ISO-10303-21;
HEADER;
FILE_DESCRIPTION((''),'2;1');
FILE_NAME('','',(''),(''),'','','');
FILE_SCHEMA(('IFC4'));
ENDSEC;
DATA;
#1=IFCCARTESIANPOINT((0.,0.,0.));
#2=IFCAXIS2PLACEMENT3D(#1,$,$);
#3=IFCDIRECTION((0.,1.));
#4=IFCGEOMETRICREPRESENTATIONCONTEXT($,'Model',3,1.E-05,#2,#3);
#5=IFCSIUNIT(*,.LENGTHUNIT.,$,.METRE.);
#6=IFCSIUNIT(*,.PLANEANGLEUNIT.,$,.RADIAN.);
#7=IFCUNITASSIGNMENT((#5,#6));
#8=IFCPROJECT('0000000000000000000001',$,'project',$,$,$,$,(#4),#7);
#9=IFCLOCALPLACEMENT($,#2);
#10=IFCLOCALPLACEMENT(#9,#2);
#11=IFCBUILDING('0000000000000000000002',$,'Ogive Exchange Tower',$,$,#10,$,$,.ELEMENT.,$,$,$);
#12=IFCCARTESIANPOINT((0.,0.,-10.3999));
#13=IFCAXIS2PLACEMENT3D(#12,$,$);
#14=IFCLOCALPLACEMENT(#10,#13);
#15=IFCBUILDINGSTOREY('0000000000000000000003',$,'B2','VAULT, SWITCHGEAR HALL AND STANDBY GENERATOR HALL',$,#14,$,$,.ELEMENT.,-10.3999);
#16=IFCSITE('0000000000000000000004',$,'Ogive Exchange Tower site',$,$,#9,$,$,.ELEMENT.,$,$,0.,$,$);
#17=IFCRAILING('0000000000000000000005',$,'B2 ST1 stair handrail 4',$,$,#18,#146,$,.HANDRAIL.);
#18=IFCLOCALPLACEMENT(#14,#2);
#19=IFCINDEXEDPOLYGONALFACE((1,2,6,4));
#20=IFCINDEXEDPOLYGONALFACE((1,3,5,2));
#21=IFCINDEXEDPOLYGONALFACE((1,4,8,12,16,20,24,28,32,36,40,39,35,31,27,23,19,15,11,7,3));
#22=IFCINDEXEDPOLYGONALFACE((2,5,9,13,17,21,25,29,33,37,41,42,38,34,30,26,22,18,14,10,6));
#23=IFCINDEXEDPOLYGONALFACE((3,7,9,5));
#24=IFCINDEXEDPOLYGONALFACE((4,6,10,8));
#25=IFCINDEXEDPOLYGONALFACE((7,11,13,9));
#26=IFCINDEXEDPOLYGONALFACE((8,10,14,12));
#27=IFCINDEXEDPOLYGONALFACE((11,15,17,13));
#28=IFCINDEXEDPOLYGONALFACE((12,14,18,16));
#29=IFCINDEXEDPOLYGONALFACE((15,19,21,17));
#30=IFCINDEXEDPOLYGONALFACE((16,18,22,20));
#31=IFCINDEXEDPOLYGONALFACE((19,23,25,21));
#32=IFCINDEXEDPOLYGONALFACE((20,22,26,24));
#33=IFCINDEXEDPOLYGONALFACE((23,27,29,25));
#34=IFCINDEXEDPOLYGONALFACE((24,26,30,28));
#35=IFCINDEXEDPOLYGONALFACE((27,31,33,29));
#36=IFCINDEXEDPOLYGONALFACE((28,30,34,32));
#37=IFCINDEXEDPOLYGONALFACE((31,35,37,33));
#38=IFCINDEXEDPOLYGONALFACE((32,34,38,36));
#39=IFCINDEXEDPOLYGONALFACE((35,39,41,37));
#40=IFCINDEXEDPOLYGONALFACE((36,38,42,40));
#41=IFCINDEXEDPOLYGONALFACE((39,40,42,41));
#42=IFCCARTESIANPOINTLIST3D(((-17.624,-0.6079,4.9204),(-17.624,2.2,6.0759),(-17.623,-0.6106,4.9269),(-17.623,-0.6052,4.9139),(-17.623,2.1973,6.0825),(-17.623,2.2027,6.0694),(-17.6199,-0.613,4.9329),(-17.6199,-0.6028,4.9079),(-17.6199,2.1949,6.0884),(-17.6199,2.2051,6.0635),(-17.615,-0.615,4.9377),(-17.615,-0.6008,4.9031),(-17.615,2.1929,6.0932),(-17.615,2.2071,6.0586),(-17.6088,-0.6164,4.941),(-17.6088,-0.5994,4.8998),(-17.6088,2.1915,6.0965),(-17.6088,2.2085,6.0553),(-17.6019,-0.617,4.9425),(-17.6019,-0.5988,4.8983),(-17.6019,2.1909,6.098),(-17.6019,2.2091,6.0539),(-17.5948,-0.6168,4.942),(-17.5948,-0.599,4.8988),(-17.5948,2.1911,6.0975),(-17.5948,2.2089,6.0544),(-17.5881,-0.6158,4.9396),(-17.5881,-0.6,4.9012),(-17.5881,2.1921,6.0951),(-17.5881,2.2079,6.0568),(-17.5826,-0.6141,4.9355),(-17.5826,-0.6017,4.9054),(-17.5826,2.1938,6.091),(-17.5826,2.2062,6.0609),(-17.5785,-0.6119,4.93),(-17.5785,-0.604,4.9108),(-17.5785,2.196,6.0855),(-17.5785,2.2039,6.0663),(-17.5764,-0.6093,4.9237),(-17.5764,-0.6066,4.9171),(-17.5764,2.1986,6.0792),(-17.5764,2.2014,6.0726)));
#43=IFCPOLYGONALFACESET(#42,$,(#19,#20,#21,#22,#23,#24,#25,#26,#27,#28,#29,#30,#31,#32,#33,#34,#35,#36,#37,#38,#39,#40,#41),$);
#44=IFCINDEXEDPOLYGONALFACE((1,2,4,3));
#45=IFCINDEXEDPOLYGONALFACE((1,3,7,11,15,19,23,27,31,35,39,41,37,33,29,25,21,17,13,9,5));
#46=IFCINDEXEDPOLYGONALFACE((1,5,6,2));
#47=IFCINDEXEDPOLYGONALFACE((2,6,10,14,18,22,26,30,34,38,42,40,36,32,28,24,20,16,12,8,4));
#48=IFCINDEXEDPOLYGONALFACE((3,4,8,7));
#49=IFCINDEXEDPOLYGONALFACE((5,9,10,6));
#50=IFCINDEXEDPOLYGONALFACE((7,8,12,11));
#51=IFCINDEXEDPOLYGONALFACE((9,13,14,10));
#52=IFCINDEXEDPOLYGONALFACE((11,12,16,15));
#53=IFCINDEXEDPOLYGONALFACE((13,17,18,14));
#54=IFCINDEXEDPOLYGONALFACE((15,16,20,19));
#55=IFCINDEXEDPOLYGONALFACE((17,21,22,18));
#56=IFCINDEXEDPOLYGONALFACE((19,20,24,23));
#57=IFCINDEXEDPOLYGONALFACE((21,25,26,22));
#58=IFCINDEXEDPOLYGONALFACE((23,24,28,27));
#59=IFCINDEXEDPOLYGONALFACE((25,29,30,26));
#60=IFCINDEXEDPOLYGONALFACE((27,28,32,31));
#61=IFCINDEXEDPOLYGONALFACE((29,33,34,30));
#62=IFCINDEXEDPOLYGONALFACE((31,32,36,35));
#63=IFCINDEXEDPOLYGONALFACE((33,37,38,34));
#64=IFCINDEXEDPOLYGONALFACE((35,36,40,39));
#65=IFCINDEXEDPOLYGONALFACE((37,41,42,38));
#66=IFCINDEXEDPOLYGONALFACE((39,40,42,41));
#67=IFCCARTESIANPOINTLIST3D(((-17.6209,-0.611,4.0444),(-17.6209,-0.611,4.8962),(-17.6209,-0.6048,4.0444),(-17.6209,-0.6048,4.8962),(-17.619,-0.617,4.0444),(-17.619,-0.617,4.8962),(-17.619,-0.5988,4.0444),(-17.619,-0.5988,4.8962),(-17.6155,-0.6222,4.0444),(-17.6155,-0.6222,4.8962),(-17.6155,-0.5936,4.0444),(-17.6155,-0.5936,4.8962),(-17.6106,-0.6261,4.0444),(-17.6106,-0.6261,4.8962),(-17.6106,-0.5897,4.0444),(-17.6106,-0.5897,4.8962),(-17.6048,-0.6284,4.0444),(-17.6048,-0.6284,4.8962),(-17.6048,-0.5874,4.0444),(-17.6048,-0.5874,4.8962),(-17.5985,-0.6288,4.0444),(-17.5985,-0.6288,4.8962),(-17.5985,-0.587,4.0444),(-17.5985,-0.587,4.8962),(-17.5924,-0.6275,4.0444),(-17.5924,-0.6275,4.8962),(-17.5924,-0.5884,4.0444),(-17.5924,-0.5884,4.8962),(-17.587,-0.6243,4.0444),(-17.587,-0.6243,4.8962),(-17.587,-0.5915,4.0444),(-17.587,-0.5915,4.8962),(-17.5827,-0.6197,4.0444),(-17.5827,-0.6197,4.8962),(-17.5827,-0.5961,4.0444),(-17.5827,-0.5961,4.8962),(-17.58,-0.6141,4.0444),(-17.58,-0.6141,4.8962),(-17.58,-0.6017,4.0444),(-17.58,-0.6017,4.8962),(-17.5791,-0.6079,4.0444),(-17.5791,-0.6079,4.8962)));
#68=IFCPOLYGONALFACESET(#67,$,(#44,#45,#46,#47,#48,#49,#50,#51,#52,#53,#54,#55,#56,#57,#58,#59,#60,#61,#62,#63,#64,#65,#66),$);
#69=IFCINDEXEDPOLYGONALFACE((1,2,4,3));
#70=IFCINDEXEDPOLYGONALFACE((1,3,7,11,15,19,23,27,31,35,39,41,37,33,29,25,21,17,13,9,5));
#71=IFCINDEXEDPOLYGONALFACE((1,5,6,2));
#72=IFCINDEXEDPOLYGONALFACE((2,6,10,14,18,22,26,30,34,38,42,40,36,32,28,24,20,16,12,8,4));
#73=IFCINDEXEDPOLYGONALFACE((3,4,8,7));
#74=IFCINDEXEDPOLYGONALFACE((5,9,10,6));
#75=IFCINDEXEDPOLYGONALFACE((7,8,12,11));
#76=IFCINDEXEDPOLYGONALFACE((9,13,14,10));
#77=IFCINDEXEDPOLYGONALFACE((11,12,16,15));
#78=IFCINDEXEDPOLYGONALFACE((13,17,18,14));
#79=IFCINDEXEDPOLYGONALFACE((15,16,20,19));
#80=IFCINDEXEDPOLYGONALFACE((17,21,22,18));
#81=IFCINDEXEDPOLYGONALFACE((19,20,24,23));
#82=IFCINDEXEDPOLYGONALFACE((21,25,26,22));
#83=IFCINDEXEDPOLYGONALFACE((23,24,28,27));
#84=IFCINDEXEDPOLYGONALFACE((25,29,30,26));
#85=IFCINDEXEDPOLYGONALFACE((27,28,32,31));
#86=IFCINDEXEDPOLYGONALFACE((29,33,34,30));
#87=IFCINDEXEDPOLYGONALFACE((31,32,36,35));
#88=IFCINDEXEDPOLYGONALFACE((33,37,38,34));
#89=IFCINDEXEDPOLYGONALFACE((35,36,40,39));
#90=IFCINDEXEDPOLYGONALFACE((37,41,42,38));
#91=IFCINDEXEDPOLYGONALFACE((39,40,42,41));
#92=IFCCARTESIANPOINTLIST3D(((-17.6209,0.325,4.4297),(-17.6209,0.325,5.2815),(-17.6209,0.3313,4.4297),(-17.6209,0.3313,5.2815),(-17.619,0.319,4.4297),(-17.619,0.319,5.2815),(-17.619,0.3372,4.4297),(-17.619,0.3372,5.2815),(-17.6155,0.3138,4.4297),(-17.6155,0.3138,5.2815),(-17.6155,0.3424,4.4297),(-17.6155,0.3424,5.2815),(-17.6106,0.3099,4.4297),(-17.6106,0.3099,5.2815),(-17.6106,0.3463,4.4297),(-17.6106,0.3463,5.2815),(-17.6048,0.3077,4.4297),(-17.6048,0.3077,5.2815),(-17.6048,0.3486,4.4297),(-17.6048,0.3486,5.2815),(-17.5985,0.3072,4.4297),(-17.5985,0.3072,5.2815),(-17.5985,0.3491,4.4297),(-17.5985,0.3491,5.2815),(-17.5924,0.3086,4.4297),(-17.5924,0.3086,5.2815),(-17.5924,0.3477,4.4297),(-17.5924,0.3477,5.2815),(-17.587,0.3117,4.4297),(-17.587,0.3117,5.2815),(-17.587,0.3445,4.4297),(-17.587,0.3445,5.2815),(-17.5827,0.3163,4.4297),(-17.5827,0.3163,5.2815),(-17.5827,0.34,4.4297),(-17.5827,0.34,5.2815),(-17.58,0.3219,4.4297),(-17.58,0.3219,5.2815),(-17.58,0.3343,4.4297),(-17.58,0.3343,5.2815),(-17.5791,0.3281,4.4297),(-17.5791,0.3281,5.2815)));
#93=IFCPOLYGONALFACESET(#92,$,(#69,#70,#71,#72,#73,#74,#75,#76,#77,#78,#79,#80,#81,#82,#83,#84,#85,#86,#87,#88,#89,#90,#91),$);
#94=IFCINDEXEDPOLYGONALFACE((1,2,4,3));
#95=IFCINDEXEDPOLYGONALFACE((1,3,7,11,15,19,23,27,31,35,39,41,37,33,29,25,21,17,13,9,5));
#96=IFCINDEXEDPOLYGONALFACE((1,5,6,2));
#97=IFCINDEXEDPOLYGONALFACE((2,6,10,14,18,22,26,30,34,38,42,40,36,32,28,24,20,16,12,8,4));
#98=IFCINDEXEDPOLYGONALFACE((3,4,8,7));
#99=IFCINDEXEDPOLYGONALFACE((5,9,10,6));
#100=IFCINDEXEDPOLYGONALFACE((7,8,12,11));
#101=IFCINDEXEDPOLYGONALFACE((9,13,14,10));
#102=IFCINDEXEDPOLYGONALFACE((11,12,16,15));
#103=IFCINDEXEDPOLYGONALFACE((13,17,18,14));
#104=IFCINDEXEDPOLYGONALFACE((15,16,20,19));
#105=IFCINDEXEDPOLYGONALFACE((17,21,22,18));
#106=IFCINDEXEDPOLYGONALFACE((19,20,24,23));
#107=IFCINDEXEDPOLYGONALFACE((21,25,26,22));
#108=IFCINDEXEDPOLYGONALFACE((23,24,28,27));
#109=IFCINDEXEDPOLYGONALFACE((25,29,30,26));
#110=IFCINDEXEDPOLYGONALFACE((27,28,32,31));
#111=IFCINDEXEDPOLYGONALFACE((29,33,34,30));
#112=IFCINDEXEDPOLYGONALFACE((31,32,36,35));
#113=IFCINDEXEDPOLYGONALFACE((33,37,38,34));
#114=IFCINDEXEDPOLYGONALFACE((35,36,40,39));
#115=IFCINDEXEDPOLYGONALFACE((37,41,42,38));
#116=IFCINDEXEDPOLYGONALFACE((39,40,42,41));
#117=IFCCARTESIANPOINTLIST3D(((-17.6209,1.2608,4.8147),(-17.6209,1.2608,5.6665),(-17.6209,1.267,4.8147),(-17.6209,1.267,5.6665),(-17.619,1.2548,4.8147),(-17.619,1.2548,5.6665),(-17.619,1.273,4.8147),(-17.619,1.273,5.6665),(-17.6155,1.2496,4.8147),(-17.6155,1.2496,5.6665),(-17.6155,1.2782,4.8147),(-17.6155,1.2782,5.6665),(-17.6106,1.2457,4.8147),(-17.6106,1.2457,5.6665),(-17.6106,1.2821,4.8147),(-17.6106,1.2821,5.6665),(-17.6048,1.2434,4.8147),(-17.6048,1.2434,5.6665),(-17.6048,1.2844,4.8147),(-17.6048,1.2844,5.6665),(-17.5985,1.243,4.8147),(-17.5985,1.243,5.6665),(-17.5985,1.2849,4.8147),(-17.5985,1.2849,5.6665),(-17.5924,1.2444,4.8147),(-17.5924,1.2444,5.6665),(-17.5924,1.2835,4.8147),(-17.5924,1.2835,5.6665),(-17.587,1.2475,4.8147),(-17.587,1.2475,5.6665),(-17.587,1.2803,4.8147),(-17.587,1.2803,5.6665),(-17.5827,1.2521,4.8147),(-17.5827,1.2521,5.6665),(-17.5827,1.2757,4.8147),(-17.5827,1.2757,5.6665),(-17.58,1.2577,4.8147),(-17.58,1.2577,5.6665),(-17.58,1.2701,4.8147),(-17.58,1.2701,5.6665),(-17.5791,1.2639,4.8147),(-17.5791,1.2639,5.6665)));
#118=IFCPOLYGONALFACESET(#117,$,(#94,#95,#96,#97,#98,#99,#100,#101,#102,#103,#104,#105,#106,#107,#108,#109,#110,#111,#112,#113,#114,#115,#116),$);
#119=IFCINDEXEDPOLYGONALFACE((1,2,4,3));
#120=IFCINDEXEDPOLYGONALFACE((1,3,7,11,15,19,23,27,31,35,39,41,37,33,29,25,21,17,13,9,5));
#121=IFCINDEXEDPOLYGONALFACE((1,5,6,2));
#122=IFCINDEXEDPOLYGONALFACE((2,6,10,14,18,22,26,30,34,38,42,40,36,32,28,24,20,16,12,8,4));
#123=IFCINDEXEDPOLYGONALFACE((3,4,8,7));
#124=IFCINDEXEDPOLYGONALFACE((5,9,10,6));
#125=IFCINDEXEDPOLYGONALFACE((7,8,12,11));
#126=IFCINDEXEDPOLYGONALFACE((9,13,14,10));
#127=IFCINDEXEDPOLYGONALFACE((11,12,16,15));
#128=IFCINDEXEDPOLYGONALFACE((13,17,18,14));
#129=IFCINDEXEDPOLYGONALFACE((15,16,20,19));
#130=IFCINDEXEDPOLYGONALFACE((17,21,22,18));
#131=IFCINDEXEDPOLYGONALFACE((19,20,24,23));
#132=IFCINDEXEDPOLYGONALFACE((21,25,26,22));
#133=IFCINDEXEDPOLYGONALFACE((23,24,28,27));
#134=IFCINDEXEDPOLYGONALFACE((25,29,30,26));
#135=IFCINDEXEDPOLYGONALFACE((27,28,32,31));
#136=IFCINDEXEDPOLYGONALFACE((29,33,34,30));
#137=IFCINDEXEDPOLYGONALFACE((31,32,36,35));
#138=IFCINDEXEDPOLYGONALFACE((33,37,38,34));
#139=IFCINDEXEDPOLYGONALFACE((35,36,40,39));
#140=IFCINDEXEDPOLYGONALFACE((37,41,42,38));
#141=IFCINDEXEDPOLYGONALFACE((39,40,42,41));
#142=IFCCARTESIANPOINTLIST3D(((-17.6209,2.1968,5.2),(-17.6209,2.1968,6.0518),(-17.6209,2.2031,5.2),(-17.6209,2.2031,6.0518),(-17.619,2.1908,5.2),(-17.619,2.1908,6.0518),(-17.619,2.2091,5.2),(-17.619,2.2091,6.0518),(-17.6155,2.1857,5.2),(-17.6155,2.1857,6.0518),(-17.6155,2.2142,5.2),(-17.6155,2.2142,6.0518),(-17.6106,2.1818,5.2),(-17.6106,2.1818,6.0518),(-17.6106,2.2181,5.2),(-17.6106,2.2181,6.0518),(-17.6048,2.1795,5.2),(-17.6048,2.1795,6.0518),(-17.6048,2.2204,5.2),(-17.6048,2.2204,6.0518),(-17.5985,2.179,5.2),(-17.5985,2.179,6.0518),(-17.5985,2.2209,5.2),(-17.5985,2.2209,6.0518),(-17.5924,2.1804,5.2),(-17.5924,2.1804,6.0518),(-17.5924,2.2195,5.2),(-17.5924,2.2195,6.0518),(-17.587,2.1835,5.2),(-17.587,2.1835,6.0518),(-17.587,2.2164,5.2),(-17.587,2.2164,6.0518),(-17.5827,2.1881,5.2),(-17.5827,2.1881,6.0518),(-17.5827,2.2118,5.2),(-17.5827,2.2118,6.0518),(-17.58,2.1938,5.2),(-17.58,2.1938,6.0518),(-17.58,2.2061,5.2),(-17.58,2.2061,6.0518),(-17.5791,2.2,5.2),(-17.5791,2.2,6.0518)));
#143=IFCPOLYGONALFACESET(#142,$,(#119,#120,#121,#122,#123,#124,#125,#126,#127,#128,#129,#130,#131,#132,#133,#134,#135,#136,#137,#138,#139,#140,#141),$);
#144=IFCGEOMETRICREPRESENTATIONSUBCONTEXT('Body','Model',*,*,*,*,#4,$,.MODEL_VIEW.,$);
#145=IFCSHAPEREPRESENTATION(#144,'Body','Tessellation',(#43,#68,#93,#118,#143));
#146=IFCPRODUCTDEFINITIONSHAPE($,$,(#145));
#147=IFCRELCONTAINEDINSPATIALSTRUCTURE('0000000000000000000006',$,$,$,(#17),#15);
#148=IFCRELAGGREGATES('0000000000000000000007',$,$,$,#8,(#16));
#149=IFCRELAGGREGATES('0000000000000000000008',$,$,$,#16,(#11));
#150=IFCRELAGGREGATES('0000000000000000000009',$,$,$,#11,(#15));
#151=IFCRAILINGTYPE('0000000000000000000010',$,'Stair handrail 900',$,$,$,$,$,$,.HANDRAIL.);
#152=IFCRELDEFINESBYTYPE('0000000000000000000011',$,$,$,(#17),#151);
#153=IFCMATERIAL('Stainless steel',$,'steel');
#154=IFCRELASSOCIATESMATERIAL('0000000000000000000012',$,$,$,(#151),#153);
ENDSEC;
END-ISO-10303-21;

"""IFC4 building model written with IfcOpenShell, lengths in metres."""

from ifc_helpers import new_model, si_unit, direction, frame, origin, origin_2d, place, context, subcontext, project, spatial, circle, extrude, material, type_object, element, save


model = new_model("IFC4")

# Units and contexts
model_context = context("Model", 3, precision=1e-05, world=origin(), true_north=direction((0.0, 1.0)))
body_context = subcontext(model_context, "Body", "Model", "MODEL_VIEW")
ifc_project = project(units=[si_unit("LENGTHUNIT", "METRE"), si_unit("PLANEANGLEUNIT", "RADIAN")], contexts=[model_context])

# Site, building, storey
site_placement = place(None, origin())
site = spatial("IfcSite", under=ifc_project, at=site_placement, Name="Ogive Exchange Tower site", CompositionType="ELEMENT", RefElevation=0.0)
building_placement = place(site_placement, origin())
building = spatial("IfcBuilding", under=site, at=building_placement, Name="Ogive Exchange Tower", CompositionType="ELEMENT")
storey_placement = place(building_placement, frame((0.0, 0.0, -10.3999)))
storey = spatial("IfcBuildingStorey", under=building, at=storey_placement, Name="B2", Description="VAULT, SWITCHGEAR HALL AND STANDBY GENERATOR HALL", CompositionType="ELEMENT", Elevation=-10.3999)

# Railing
ifc_material_1 = material(Name="Stainless steel", Category="steel")
railing_type = type_object("IfcRailingType", Name="Stair handrail 900", PredefinedType="HANDRAIL", material=ifc_material_1)
for number, where, name in (
    (1, (-17.6001, -0.6079, 4.0444), "B2 ST1 stair handrail 4"),
):
    element("IfcRailing", number, at=place(storey_placement, frame(where)), inside=storey, type_object=railing_type, Name=name, PredefinedType="HANDRAIL", context=body_context, shape_type="SweptSolid", body=[
        extrude(circle(Radius=0.0239, at=origin_2d()), frame((0.0, 0.0, 0.876), z_axis=(0.0, 0.924755, 0.380564), x_axis=(-1.0, 0.0, 0.0)), (0.0, 0.0, 1.0), 3.0364),
        extrude(circle(Radius=0.021, at=origin_2d()), origin(), (0.0, 0.0, 1.0), 0.8518),
        extrude(circle(Radius=0.021, at=origin_2d()), frame((0.0, 0.936, 0.3853)), (0.0, 0.0, 1.0), 0.8518),
        extrude(circle(Radius=0.021, at=origin_2d()), frame((0.0, 1.8718, 0.7703)), (0.0, 0.0, 1.0), 0.8518),
        extrude(circle(Radius=0.021, at=origin_2d()), frame((0.0, 2.8079, 1.1555)), (0.0, 0.0, 1.0), 0.8518),
    ])

save(model, "model.ifc")
